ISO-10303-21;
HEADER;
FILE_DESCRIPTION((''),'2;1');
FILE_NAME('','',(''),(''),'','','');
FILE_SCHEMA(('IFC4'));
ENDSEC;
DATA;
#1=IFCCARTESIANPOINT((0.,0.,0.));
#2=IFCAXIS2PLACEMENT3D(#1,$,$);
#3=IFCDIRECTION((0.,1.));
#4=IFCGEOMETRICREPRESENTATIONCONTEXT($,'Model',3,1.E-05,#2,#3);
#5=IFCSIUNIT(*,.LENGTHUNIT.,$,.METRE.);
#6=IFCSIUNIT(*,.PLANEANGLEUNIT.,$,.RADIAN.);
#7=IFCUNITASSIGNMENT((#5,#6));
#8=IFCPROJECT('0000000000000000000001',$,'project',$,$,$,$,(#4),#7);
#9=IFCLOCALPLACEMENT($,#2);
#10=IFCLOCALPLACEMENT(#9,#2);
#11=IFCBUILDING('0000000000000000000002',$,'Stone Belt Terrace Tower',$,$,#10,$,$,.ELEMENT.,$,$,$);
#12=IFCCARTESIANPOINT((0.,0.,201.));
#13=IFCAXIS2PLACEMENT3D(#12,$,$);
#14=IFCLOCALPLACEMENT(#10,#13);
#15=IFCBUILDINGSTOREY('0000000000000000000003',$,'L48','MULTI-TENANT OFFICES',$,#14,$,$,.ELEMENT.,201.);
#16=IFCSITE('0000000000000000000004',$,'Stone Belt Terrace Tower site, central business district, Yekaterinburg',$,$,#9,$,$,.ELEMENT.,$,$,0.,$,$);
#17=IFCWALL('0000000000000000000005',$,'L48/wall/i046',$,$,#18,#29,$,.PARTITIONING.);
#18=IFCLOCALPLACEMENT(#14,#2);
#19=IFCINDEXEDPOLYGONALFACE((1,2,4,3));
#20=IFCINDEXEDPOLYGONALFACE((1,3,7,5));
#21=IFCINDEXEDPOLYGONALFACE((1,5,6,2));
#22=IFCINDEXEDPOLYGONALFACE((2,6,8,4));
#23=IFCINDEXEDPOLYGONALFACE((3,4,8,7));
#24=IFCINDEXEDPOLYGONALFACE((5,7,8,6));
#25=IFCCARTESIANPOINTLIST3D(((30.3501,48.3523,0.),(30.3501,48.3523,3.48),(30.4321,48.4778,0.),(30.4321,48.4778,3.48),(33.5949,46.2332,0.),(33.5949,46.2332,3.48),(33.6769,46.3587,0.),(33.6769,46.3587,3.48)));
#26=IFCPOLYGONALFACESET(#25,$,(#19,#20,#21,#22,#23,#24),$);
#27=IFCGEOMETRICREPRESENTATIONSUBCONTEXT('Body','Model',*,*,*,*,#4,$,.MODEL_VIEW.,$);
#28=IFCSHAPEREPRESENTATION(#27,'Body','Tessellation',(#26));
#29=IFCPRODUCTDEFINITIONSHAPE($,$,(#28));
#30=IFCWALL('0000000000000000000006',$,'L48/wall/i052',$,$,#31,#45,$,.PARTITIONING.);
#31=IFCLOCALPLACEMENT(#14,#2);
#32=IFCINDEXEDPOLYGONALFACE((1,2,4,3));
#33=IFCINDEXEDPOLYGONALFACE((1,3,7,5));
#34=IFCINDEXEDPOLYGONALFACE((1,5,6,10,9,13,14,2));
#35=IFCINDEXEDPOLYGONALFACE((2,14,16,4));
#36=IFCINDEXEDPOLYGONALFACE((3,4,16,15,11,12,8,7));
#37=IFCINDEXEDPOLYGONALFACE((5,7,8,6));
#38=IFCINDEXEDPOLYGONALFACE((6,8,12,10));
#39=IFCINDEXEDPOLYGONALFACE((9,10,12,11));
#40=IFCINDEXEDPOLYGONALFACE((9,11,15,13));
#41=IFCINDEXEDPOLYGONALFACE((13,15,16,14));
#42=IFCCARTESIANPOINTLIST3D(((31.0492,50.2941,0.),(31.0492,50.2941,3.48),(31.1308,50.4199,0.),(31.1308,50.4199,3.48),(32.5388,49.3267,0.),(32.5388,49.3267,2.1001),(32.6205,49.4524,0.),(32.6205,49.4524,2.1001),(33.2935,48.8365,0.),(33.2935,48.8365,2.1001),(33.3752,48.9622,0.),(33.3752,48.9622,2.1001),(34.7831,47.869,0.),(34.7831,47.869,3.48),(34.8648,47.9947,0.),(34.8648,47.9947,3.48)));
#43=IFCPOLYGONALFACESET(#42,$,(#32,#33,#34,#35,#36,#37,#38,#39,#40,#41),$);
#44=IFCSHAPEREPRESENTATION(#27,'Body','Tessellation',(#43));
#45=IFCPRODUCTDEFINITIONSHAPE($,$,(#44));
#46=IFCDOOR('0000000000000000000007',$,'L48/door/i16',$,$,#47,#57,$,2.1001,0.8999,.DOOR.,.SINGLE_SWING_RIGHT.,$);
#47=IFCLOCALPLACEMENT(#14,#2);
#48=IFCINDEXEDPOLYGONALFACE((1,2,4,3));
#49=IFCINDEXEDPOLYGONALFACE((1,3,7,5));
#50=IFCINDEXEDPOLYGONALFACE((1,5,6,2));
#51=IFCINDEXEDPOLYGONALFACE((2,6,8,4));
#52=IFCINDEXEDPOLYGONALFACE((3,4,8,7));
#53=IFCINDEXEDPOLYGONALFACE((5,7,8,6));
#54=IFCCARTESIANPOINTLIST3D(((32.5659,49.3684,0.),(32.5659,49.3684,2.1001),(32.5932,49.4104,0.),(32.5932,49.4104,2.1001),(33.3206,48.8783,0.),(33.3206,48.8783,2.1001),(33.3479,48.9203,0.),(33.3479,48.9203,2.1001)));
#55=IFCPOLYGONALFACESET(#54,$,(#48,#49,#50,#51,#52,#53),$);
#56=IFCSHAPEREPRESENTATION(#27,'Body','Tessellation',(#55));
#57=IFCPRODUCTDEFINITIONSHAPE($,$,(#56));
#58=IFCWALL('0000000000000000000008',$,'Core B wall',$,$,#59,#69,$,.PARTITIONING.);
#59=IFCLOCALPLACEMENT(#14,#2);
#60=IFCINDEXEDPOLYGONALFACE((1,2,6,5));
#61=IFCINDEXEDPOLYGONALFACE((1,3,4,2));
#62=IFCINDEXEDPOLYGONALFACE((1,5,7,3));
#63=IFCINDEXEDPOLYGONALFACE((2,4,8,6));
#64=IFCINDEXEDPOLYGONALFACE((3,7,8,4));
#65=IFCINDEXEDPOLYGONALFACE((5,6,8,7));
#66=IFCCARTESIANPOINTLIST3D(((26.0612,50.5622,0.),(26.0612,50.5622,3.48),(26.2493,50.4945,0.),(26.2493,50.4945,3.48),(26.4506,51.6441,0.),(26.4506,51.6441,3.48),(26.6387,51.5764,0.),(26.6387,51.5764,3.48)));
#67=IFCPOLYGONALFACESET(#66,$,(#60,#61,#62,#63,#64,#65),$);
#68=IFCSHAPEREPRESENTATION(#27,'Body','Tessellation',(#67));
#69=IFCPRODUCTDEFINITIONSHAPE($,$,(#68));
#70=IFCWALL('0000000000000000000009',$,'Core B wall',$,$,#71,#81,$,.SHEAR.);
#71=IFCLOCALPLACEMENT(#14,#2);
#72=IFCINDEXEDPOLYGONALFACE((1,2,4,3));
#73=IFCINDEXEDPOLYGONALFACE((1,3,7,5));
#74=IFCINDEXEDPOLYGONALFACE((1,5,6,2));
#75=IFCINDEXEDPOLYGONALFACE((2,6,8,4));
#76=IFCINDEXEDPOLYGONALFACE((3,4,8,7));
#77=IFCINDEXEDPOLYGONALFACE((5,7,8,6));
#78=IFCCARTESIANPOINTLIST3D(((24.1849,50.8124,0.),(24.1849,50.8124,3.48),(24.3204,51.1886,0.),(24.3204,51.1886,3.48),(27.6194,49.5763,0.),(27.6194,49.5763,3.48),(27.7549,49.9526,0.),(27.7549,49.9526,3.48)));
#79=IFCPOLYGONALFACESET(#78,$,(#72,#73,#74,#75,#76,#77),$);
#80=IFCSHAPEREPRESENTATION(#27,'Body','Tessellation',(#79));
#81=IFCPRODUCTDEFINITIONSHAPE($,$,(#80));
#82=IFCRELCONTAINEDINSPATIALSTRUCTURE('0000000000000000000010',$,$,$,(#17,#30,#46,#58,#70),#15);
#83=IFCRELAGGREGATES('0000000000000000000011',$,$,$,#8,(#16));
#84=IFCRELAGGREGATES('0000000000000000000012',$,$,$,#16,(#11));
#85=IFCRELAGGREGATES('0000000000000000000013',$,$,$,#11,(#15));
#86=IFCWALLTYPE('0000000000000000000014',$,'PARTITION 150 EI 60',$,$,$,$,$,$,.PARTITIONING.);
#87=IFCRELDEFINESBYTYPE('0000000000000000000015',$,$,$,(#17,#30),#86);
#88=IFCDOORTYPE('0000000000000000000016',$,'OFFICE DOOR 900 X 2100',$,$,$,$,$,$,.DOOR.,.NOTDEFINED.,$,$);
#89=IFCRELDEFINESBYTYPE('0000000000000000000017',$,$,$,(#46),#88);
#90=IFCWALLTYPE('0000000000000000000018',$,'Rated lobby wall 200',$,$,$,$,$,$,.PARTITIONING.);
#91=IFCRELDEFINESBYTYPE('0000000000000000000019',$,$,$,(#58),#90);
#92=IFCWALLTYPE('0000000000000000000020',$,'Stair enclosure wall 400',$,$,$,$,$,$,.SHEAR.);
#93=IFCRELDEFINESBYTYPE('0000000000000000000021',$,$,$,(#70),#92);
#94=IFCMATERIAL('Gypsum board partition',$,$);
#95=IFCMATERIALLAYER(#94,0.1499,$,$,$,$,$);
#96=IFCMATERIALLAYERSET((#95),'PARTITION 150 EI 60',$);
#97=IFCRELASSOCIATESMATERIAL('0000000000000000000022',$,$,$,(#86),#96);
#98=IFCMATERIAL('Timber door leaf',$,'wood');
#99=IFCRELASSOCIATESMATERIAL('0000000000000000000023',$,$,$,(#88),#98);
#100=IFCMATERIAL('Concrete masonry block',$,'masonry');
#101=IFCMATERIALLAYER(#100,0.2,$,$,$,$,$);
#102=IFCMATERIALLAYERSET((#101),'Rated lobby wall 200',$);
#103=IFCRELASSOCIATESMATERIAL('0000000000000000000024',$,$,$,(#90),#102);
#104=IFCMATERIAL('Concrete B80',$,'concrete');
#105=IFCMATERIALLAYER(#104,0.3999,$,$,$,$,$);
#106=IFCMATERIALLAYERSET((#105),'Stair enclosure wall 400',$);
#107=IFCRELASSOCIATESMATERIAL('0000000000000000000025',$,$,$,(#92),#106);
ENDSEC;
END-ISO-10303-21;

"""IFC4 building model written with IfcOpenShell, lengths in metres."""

from ifc_helpers import new_model, si_unit, direction, frame, frame_2d, origin, place, context, subcontext, project, spatial, rectangle, extrude, material, layer, layer_set, type_object, element, fill, save


model = new_model("IFC4")

# Units and contexts
model_context = context("Model", 3, precision=1e-05, world=origin(), true_north=direction((0.0, 1.0)))
body_context = subcontext(model_context, "Body", "Model", "MODEL_VIEW")
ifc_project = project(units=[si_unit("LENGTHUNIT", "METRE"), si_unit("PLANEANGLEUNIT", "RADIAN")], contexts=[model_context])

# Site, building, storey
site_placement = place(None, origin())
site = spatial("IfcSite", under=ifc_project, at=site_placement, Name="Stone Belt Terrace Tower site, central business district, Yekaterinburg", CompositionType="ELEMENT", RefElevation=0.0)
building_placement = place(site_placement, origin())
building = spatial("IfcBuilding", under=site, at=building_placement, Name="Stone Belt Terrace Tower", CompositionType="ELEMENT")
storey_placement = place(building_placement, frame((0.0, 0.0, 201.0)))
storey = spatial("IfcBuildingStorey", under=building, at=storey_placement, Name="L48", Description="MULTI-TENANT OFFICES", CompositionType="ELEMENT", Elevation=201.0)

# Shared definitions
ifc_material_1 = material(Name="Timber door leaf", Category="wood")

# Shared definitions
ifc_material_2 = material(Name="Concrete B80", Category="concrete")

# Shared definitions
ifc_material_3 = material(Name="Gypsum board partition")
ifc_layer_1 = layer(ifc_material_3, 0.1499)
ifc_layer_set_1 = layer_set([ifc_layer_1], Name="PARTITION 150 EI 60")
wall_type_1 = type_object("IfcWallType", Name="PARTITION 150 EI 60", PredefinedType="PARTITIONING", material=ifc_layer_set_1)
door_type_1 = type_object("IfcDoorType", Name="OFFICE DOOR 900 X 2100", OperationType="NOTDEFINED", PredefinedType="DOOR", material=ifc_material_1)

# Wall
wall_1_placement = place(storey_placement, frame((30.3911, 48.415, 0.0), z_axis=(0.0, 0.0, 1.0), x_axis=(0.837266, -0.546796, 0.0)))
element("IfcWall", 1, at=wall_1_placement, inside=storey, type_object=wall_type_1, Name="L48/wall/i046", PredefinedType="PARTITIONING", context=body_context, shape_type="SweptSolid", body=[
    extrude(rectangle(XDim=3.8755, YDim=0.1499, at=frame_2d((1.9377, 0.0))), origin(), (0.0, 0.0, 1.0), 3.48),
])

# Wall, opening, door
wall_2_placement = place(storey_placement, frame((31.0901, 50.3569, 0.0), z_axis=(0.0, 0.0, 1.0), x_axis=(0.838647, -0.544676, 0.0)))
wall_2 = element("IfcWall", 2, at=wall_2_placement, inside=storey, type_object=wall_type_1, Name="L48/wall/i052", PredefinedType="PARTITIONING", context=body_context, shape_type="SweptSolid", body=[
    extrude(rectangle(XDim=4.4524, YDim=0.1499, at=frame_2d((2.2261, 0.0))), origin(), (0.0, 0.0, 1.0), 3.48),
])
opening_1_placement = place(wall_2_placement, frame((1.7761, 0.0, 0.0)))
opening_1 = element("IfcOpeningElement", 3, at=opening_1_placement, cuts=wall_2, PredefinedType="OPENING", context=body_context, shape_type="SweptSolid", body=[
    extrude(rectangle(XDim=0.8999, YDim=2.1001, at=frame_2d((0.45, 1.05))), frame((0.0, 0.085, 0.0), z_axis=(0.0, -1.0, 0.0), x_axis=(1.0, 0.0, 0.0)), (0.0, 0.0, 1.0), 0.1699),
])
door_1_placement = place(opening_1_placement, origin())
door_1 = element("IfcDoor", 4, at=door_1_placement, inside=storey, type_object=door_type_1, Name="L48/door/i16", OperationType="SINGLE_SWING_RIGHT", OverallHeight=2.1001, OverallWidth=0.8999, PredefinedType="DOOR", context=body_context, shape_type="SweptSolid", body=[
    extrude(rectangle(XDim=0.8999, YDim=2.1001, at=frame_2d((0.45, 1.05))), frame((0.0, 0.0249, 0.0), z_axis=(0.0, -1.0, 0.0), x_axis=(1.0, 0.0, 0.0)), (0.0, 0.0, 1.0), 0.05),
])
fill(opening_1, door_1)

# Walls
ifc_material_4 = material(Name="Concrete masonry block", Category="masonry")
ifc_layer_2 = layer(ifc_material_4, 0.2)
ifc_layer_set_2 = layer_set([ifc_layer_2], Name="Rated lobby wall 200")
wall_type_2 = type_object("IfcWallType", Name="Rated lobby wall 200", PredefinedType="PARTITIONING", material=ifc_layer_set_2)
wall_3_placement = place(storey_placement, frame((26.1553, 50.5283, 0.0), z_axis=(0.0, 0.0, 1.0), x_axis=(0.338622, 0.940923, 0.0)))
element("IfcWall", 5, at=wall_3_placement, inside=storey, type_object=wall_type_2, Name="Core B wall", PredefinedType="PARTITIONING", context=body_context, shape_type="SweptSolid", body=[
    extrude(rectangle(XDim=1.1499, YDim=0.2, at=frame_2d((0.575, 0.0))), origin(), (0.0, 0.0, 1.0), 3.48),
])
ifc_layer_3 = layer(ifc_material_2, 0.3999)
ifc_layer_set_3 = layer_set([ifc_layer_3], Name="Stair enclosure wall 400")
wall_type_3 = type_object("IfcWallType", Name="Stair enclosure wall 400", PredefinedType="SHEAR", material=ifc_layer_set_3)
wall_4_placement = place(storey_placement, frame((27.6873, 49.7644, 0.0), z_axis=(0.0, 0.0, 1.0), x_axis=(-0.940919, 0.338632, 0.0)))
element("IfcWall", 6, at=wall_4_placement, inside=storey, type_object=wall_type_3, Name="Core B wall", PredefinedType="SHEAR", context=body_context, shape_type="SweptSolid", body=[
    extrude(rectangle(XDim=3.6501, YDim=0.3999, at=frame_2d((1.8252, 0.0))), origin(), (0.0, 0.0, 1.0), 3.48),
])

save(model, "model.ifc")
